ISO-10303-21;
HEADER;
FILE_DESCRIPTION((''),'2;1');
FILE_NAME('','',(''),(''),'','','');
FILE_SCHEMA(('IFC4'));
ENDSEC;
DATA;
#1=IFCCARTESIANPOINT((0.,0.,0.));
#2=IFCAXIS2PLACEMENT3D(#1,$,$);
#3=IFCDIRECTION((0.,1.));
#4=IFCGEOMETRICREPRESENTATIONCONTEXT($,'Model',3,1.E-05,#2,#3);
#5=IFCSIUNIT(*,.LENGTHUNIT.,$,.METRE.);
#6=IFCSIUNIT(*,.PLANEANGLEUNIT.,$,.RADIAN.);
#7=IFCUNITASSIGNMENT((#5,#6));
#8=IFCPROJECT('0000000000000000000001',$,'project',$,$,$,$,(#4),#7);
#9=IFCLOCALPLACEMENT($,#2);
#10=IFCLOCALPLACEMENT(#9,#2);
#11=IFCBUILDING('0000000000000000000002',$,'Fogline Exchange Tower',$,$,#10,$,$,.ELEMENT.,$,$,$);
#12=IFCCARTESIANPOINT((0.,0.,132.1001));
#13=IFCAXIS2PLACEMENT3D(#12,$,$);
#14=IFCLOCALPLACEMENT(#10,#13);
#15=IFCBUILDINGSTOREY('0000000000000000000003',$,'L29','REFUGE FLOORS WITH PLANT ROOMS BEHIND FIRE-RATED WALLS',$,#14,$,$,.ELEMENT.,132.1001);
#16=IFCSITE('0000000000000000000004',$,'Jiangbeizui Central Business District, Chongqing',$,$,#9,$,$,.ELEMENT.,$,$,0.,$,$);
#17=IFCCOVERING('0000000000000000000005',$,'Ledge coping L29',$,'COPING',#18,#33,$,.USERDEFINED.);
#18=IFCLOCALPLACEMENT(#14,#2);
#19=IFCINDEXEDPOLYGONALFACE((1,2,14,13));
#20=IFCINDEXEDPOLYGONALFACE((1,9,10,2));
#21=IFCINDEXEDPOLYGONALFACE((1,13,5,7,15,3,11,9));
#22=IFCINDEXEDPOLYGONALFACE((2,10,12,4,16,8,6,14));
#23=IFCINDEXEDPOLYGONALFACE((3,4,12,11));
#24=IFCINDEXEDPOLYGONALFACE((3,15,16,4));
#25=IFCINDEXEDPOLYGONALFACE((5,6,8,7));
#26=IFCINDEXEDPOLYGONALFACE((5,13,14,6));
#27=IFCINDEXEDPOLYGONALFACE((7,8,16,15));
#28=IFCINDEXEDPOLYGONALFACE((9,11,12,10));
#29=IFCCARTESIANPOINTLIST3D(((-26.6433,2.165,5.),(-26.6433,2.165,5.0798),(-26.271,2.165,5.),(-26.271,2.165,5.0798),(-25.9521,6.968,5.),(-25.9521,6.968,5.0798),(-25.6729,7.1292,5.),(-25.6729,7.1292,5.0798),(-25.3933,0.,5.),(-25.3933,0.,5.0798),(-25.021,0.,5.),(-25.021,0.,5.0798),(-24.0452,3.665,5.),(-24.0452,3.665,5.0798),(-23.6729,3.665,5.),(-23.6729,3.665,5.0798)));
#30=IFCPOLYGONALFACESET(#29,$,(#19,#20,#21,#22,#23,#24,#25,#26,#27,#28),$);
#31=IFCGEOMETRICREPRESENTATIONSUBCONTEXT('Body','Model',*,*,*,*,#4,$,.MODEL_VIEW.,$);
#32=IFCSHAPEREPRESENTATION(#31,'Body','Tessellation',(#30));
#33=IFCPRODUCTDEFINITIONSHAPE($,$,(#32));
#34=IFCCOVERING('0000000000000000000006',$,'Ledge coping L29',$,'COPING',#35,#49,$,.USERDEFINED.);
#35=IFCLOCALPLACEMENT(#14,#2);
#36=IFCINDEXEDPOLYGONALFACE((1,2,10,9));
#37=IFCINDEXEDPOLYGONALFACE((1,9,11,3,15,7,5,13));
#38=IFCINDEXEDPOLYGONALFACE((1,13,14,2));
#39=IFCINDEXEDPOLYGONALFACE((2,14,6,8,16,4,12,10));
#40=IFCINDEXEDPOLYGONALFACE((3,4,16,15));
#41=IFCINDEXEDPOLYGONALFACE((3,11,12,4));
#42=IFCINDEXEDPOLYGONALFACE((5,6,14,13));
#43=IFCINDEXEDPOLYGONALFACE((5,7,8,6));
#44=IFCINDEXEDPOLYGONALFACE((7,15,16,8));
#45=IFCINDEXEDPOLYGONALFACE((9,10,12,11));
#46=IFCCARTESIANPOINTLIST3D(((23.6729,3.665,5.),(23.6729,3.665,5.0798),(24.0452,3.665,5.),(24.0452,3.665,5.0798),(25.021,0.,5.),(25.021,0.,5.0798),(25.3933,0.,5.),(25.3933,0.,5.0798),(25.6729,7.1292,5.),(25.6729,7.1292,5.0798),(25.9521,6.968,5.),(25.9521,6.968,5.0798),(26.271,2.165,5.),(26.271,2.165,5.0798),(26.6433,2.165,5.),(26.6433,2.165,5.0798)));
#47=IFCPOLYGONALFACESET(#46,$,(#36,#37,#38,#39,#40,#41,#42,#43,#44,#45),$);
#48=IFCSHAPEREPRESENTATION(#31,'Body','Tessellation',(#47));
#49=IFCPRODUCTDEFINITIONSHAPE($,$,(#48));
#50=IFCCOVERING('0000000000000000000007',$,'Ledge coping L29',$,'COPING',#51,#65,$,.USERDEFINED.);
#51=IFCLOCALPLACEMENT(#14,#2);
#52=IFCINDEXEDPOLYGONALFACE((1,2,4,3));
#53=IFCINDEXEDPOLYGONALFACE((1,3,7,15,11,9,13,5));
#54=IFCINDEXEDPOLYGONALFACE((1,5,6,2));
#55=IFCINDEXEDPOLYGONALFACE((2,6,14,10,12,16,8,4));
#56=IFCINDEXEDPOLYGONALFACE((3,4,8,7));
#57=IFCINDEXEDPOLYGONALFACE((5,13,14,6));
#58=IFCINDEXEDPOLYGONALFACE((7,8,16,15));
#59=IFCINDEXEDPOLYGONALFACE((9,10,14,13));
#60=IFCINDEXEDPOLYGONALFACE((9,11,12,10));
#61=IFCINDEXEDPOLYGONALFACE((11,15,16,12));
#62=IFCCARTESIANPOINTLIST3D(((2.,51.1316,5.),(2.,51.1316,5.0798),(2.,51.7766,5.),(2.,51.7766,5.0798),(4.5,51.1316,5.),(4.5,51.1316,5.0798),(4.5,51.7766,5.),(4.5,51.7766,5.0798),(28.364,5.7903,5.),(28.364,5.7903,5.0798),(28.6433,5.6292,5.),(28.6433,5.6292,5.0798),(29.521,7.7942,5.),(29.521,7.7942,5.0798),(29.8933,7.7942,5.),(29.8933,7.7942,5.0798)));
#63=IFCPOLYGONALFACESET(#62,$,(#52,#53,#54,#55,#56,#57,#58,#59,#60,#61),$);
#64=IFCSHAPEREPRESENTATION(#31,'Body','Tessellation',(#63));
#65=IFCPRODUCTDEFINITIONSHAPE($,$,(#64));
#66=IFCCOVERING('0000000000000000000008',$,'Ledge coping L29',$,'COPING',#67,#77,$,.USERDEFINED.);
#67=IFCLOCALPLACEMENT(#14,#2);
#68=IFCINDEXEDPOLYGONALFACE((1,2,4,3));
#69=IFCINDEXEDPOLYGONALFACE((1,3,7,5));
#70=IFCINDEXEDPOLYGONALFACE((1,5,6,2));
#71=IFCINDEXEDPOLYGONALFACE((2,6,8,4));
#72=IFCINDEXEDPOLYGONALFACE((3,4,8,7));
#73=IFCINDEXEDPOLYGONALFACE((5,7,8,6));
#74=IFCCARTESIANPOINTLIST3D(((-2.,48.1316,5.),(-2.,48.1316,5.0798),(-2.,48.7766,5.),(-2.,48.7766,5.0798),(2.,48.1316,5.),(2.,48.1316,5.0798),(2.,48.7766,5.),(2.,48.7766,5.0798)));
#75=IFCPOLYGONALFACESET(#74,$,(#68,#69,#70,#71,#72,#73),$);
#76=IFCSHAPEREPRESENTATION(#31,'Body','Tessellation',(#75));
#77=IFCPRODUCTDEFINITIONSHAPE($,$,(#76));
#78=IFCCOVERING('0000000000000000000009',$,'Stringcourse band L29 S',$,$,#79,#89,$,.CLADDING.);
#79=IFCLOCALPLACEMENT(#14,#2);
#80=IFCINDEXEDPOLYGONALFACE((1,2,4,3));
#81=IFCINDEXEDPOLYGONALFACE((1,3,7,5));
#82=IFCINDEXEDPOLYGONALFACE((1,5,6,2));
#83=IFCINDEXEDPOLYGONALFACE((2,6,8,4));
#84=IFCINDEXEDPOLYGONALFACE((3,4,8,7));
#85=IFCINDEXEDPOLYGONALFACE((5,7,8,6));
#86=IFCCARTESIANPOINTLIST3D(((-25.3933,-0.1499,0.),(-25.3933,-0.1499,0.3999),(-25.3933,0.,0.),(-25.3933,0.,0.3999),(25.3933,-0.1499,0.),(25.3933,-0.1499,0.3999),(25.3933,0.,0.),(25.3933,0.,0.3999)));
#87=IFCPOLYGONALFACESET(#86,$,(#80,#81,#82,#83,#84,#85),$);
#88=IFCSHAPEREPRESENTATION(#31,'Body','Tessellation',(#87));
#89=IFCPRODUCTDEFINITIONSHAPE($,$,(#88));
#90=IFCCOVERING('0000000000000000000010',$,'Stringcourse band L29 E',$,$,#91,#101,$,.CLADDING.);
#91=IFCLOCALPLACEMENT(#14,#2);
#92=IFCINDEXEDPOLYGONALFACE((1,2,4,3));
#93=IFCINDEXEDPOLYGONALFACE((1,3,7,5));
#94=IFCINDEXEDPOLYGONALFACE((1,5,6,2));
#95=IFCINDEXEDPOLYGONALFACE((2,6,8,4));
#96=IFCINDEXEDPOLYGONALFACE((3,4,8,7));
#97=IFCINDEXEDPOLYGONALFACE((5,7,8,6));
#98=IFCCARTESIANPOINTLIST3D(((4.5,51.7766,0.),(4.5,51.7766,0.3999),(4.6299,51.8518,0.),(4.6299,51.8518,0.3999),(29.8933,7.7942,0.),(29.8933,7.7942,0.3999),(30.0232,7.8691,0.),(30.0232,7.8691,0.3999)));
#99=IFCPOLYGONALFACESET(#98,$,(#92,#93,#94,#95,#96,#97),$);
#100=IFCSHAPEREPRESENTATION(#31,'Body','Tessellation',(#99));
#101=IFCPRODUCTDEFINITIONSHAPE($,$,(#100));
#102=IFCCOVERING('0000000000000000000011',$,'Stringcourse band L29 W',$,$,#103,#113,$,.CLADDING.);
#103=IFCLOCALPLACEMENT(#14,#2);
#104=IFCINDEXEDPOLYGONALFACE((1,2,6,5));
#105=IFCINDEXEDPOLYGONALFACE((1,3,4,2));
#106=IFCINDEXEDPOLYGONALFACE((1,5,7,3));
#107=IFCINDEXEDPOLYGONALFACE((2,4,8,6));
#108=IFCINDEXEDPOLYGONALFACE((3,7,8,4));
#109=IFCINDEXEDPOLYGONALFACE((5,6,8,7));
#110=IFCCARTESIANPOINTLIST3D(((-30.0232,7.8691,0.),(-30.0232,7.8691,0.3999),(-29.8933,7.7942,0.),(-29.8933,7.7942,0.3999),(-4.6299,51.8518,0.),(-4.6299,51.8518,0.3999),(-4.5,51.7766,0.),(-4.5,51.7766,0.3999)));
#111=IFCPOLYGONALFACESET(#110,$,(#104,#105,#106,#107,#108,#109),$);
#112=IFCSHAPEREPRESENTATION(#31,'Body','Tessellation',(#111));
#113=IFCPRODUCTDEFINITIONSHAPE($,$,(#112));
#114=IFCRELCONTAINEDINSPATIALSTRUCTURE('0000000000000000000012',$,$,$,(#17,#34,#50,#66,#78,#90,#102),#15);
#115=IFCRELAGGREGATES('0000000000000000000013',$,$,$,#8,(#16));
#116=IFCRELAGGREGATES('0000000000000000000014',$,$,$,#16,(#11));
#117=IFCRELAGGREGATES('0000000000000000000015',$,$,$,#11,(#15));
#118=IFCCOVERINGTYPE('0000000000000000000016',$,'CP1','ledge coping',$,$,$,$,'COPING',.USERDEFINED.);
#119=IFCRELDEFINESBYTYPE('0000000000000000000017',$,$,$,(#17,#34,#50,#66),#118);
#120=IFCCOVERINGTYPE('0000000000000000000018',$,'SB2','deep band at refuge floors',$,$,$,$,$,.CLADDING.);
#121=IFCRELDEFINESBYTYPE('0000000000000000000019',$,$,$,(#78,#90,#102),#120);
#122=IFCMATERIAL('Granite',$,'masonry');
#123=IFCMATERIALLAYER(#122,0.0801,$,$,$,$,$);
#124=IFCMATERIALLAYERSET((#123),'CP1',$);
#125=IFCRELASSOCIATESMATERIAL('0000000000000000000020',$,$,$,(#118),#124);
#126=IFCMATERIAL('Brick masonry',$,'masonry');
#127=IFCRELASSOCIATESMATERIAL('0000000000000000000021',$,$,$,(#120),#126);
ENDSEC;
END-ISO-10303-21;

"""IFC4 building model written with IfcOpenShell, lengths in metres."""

from ifc_helpers import new_model, si_unit, direction, frame, origin, place, context, subcontext, project, spatial, polyline, outline, extrude, material, layer, layer_set, type_object, element, save


model = new_model("IFC4")

# Units and contexts
model_context = context("Model", 3, precision=1e-05, world=origin(), true_north=direction((0.0, 1.0)))
body_context = subcontext(model_context, "Body", "Model", "MODEL_VIEW")
ifc_project = project(units=[si_unit("LENGTHUNIT", "METRE"), si_unit("PLANEANGLEUNIT", "RADIAN")], contexts=[model_context])

# Site, building, storey
site_placement = place(None, origin())
site = spatial("IfcSite", under=ifc_project, at=site_placement, Name="Jiangbeizui Central Business District, Chongqing", CompositionType="ELEMENT", RefElevation=0.0)
building_placement = place(site_placement, origin())
building = spatial("IfcBuilding", under=site, at=building_placement, Name="Fogline Exchange Tower", CompositionType="ELEMENT")
storey_placement = place(building_placement, frame((0.0, 0.0, 132.1001)))
storey = spatial("IfcBuildingStorey", under=building, at=storey_placement, Name="L29", Description="REFUGE FLOORS WITH PLANT ROOMS BEHIND FIRE-RATED WALLS", CompositionType="ELEMENT", Elevation=132.1001)

# Shared definitions
ifc_material_1 = material(Name="Brick masonry", Category="masonry")

# Coverings
ifc_material_2 = material(Name="Granite", Category="masonry")
ifc_layer_1 = layer(ifc_material_2, 0.0801)
ifc_layer_set_1 = layer_set([ifc_layer_1], Name="CP1")
covering_type_1 = type_object("IfcCoveringType", Name="CP1", Description="ledge coping", ElementType="COPING", PredefinedType="USERDEFINED", material=ifc_layer_set_1)
covering_1_placement = place(storey_placement, frame((0.0, 0.0, 5.0)))
element("IfcCovering", 1, at=covering_1_placement, inside=storey, type_object=covering_type_1, Name="Ledge coping L29", ObjectType="COPING", PredefinedType="USERDEFINED", context=body_context, shape_type="SweptSolid", body=[
    extrude(outline(polyline([(-25.3933, 0.0), (-25.021, 0.0), (-26.271, 2.165), (-23.6729, 3.665), (-25.6729, 7.1292), (-25.9521, 6.968), (-24.0452, 3.665), (-26.6433, 2.165), (-25.3933, 0.0)])), origin(), (0.0, 0.0, 1.0), 0.0798),
])
covering_2_placement = place(storey_placement, frame((0.0, 0.0, 5.0)))
element("IfcCovering", 2, at=covering_2_placement, inside=storey, type_object=covering_type_1, Name="Ledge coping L29", ObjectType="COPING", PredefinedType="USERDEFINED", context=body_context, shape_type="SweptSolid", body=[
    extrude(outline(polyline([(24.0452, 3.665), (25.9521, 6.968), (25.6729, 7.1292), (23.6729, 3.665), (26.271, 2.165), (25.021, 0.0), (25.3933, 0.0), (26.6433, 2.165), (24.0452, 3.665)])), origin(), (0.0, 0.0, 1.0), 0.0798),
])
covering_3_placement = place(storey_placement, frame((0.0, 0.0, 5.0)))
element("IfcCovering", 3, at=covering_3_placement, inside=storey, type_object=covering_type_1, Name="Ledge coping L29", ObjectType="COPING", PredefinedType="USERDEFINED", context=body_context, shape_type="SweptSolid", body=[
    extrude(outline(polyline([(2.0, 51.7766), (2.0, 51.1316), (4.5, 51.1316), (29.521, 7.7942), (28.364, 5.7903), (28.6433, 5.6292), (29.8933, 7.7942), (4.5, 51.7766), (2.0, 51.7766)])), origin(), (0.0, 0.0, 1.0), 0.0798),
])
covering_4_placement = place(storey_placement, frame((0.0, 0.0, 5.0)))
element("IfcCovering", 4, at=covering_4_placement, inside=storey, type_object=covering_type_1, Name="Ledge coping L29", ObjectType="COPING", PredefinedType="USERDEFINED", context=body_context, shape_type="SweptSolid", body=[
    extrude(outline(polyline([(2.0, 48.7766), (-2.0, 48.7766), (-2.0, 48.1316), (2.0, 48.1316), (2.0, 48.7766)])), origin(), (0.0, 0.0, 1.0), 0.0798),
])
covering_type_2 = type_object("IfcCoveringType", Name="SB2", Description="deep band at refuge floors", PredefinedType="CLADDING", material=ifc_material_1)
covering_5_placement = place(storey_placement, origin())
element("IfcCovering", 5, at=covering_5_placement, inside=storey, type_object=covering_type_2, Name="Stringcourse band L29 S", PredefinedType="CLADDING", context=body_context, shape_type="SweptSolid", body=[
    extrude(outline(polyline([(-25.3933, 0.0), (-25.3933, -0.1499), (25.3933, -0.1499), (25.3933, 0.0), (-25.3933, 0.0)])), origin(), (0.0, 0.0, 1.0), 0.3999),
])
covering_6_placement = place(storey_placement, origin())
element("IfcCovering", 6, at=covering_6_placement, inside=storey, type_object=covering_type_2, Name="Stringcourse band L29 E", PredefinedType="CLADDING", context=body_context, shape_type="SweptSolid", body=[
    extrude(outline(polyline([(29.8933, 7.7942), (30.0232, 7.8691), (4.6299, 51.8518), (4.5, 51.7766), (29.8933, 7.7942)])), origin(), (0.0, 0.0, 1.0), 0.3999),
])
covering_7_placement = place(storey_placement, origin())
element("IfcCovering", 7, at=covering_7_placement, inside=storey, type_object=covering_type_2, Name="Stringcourse band L29 W", PredefinedType="CLADDING", context=body_context, shape_type="SweptSolid", body=[
    extrude(outline(polyline([(-4.5, 51.7766), (-4.6299, 51.8518), (-30.0232, 7.8691), (-29.8933, 7.7942), (-4.5, 51.7766)])), origin(), (0.0, 0.0, 1.0), 0.3999),
])

save(model, "model.ifc")
